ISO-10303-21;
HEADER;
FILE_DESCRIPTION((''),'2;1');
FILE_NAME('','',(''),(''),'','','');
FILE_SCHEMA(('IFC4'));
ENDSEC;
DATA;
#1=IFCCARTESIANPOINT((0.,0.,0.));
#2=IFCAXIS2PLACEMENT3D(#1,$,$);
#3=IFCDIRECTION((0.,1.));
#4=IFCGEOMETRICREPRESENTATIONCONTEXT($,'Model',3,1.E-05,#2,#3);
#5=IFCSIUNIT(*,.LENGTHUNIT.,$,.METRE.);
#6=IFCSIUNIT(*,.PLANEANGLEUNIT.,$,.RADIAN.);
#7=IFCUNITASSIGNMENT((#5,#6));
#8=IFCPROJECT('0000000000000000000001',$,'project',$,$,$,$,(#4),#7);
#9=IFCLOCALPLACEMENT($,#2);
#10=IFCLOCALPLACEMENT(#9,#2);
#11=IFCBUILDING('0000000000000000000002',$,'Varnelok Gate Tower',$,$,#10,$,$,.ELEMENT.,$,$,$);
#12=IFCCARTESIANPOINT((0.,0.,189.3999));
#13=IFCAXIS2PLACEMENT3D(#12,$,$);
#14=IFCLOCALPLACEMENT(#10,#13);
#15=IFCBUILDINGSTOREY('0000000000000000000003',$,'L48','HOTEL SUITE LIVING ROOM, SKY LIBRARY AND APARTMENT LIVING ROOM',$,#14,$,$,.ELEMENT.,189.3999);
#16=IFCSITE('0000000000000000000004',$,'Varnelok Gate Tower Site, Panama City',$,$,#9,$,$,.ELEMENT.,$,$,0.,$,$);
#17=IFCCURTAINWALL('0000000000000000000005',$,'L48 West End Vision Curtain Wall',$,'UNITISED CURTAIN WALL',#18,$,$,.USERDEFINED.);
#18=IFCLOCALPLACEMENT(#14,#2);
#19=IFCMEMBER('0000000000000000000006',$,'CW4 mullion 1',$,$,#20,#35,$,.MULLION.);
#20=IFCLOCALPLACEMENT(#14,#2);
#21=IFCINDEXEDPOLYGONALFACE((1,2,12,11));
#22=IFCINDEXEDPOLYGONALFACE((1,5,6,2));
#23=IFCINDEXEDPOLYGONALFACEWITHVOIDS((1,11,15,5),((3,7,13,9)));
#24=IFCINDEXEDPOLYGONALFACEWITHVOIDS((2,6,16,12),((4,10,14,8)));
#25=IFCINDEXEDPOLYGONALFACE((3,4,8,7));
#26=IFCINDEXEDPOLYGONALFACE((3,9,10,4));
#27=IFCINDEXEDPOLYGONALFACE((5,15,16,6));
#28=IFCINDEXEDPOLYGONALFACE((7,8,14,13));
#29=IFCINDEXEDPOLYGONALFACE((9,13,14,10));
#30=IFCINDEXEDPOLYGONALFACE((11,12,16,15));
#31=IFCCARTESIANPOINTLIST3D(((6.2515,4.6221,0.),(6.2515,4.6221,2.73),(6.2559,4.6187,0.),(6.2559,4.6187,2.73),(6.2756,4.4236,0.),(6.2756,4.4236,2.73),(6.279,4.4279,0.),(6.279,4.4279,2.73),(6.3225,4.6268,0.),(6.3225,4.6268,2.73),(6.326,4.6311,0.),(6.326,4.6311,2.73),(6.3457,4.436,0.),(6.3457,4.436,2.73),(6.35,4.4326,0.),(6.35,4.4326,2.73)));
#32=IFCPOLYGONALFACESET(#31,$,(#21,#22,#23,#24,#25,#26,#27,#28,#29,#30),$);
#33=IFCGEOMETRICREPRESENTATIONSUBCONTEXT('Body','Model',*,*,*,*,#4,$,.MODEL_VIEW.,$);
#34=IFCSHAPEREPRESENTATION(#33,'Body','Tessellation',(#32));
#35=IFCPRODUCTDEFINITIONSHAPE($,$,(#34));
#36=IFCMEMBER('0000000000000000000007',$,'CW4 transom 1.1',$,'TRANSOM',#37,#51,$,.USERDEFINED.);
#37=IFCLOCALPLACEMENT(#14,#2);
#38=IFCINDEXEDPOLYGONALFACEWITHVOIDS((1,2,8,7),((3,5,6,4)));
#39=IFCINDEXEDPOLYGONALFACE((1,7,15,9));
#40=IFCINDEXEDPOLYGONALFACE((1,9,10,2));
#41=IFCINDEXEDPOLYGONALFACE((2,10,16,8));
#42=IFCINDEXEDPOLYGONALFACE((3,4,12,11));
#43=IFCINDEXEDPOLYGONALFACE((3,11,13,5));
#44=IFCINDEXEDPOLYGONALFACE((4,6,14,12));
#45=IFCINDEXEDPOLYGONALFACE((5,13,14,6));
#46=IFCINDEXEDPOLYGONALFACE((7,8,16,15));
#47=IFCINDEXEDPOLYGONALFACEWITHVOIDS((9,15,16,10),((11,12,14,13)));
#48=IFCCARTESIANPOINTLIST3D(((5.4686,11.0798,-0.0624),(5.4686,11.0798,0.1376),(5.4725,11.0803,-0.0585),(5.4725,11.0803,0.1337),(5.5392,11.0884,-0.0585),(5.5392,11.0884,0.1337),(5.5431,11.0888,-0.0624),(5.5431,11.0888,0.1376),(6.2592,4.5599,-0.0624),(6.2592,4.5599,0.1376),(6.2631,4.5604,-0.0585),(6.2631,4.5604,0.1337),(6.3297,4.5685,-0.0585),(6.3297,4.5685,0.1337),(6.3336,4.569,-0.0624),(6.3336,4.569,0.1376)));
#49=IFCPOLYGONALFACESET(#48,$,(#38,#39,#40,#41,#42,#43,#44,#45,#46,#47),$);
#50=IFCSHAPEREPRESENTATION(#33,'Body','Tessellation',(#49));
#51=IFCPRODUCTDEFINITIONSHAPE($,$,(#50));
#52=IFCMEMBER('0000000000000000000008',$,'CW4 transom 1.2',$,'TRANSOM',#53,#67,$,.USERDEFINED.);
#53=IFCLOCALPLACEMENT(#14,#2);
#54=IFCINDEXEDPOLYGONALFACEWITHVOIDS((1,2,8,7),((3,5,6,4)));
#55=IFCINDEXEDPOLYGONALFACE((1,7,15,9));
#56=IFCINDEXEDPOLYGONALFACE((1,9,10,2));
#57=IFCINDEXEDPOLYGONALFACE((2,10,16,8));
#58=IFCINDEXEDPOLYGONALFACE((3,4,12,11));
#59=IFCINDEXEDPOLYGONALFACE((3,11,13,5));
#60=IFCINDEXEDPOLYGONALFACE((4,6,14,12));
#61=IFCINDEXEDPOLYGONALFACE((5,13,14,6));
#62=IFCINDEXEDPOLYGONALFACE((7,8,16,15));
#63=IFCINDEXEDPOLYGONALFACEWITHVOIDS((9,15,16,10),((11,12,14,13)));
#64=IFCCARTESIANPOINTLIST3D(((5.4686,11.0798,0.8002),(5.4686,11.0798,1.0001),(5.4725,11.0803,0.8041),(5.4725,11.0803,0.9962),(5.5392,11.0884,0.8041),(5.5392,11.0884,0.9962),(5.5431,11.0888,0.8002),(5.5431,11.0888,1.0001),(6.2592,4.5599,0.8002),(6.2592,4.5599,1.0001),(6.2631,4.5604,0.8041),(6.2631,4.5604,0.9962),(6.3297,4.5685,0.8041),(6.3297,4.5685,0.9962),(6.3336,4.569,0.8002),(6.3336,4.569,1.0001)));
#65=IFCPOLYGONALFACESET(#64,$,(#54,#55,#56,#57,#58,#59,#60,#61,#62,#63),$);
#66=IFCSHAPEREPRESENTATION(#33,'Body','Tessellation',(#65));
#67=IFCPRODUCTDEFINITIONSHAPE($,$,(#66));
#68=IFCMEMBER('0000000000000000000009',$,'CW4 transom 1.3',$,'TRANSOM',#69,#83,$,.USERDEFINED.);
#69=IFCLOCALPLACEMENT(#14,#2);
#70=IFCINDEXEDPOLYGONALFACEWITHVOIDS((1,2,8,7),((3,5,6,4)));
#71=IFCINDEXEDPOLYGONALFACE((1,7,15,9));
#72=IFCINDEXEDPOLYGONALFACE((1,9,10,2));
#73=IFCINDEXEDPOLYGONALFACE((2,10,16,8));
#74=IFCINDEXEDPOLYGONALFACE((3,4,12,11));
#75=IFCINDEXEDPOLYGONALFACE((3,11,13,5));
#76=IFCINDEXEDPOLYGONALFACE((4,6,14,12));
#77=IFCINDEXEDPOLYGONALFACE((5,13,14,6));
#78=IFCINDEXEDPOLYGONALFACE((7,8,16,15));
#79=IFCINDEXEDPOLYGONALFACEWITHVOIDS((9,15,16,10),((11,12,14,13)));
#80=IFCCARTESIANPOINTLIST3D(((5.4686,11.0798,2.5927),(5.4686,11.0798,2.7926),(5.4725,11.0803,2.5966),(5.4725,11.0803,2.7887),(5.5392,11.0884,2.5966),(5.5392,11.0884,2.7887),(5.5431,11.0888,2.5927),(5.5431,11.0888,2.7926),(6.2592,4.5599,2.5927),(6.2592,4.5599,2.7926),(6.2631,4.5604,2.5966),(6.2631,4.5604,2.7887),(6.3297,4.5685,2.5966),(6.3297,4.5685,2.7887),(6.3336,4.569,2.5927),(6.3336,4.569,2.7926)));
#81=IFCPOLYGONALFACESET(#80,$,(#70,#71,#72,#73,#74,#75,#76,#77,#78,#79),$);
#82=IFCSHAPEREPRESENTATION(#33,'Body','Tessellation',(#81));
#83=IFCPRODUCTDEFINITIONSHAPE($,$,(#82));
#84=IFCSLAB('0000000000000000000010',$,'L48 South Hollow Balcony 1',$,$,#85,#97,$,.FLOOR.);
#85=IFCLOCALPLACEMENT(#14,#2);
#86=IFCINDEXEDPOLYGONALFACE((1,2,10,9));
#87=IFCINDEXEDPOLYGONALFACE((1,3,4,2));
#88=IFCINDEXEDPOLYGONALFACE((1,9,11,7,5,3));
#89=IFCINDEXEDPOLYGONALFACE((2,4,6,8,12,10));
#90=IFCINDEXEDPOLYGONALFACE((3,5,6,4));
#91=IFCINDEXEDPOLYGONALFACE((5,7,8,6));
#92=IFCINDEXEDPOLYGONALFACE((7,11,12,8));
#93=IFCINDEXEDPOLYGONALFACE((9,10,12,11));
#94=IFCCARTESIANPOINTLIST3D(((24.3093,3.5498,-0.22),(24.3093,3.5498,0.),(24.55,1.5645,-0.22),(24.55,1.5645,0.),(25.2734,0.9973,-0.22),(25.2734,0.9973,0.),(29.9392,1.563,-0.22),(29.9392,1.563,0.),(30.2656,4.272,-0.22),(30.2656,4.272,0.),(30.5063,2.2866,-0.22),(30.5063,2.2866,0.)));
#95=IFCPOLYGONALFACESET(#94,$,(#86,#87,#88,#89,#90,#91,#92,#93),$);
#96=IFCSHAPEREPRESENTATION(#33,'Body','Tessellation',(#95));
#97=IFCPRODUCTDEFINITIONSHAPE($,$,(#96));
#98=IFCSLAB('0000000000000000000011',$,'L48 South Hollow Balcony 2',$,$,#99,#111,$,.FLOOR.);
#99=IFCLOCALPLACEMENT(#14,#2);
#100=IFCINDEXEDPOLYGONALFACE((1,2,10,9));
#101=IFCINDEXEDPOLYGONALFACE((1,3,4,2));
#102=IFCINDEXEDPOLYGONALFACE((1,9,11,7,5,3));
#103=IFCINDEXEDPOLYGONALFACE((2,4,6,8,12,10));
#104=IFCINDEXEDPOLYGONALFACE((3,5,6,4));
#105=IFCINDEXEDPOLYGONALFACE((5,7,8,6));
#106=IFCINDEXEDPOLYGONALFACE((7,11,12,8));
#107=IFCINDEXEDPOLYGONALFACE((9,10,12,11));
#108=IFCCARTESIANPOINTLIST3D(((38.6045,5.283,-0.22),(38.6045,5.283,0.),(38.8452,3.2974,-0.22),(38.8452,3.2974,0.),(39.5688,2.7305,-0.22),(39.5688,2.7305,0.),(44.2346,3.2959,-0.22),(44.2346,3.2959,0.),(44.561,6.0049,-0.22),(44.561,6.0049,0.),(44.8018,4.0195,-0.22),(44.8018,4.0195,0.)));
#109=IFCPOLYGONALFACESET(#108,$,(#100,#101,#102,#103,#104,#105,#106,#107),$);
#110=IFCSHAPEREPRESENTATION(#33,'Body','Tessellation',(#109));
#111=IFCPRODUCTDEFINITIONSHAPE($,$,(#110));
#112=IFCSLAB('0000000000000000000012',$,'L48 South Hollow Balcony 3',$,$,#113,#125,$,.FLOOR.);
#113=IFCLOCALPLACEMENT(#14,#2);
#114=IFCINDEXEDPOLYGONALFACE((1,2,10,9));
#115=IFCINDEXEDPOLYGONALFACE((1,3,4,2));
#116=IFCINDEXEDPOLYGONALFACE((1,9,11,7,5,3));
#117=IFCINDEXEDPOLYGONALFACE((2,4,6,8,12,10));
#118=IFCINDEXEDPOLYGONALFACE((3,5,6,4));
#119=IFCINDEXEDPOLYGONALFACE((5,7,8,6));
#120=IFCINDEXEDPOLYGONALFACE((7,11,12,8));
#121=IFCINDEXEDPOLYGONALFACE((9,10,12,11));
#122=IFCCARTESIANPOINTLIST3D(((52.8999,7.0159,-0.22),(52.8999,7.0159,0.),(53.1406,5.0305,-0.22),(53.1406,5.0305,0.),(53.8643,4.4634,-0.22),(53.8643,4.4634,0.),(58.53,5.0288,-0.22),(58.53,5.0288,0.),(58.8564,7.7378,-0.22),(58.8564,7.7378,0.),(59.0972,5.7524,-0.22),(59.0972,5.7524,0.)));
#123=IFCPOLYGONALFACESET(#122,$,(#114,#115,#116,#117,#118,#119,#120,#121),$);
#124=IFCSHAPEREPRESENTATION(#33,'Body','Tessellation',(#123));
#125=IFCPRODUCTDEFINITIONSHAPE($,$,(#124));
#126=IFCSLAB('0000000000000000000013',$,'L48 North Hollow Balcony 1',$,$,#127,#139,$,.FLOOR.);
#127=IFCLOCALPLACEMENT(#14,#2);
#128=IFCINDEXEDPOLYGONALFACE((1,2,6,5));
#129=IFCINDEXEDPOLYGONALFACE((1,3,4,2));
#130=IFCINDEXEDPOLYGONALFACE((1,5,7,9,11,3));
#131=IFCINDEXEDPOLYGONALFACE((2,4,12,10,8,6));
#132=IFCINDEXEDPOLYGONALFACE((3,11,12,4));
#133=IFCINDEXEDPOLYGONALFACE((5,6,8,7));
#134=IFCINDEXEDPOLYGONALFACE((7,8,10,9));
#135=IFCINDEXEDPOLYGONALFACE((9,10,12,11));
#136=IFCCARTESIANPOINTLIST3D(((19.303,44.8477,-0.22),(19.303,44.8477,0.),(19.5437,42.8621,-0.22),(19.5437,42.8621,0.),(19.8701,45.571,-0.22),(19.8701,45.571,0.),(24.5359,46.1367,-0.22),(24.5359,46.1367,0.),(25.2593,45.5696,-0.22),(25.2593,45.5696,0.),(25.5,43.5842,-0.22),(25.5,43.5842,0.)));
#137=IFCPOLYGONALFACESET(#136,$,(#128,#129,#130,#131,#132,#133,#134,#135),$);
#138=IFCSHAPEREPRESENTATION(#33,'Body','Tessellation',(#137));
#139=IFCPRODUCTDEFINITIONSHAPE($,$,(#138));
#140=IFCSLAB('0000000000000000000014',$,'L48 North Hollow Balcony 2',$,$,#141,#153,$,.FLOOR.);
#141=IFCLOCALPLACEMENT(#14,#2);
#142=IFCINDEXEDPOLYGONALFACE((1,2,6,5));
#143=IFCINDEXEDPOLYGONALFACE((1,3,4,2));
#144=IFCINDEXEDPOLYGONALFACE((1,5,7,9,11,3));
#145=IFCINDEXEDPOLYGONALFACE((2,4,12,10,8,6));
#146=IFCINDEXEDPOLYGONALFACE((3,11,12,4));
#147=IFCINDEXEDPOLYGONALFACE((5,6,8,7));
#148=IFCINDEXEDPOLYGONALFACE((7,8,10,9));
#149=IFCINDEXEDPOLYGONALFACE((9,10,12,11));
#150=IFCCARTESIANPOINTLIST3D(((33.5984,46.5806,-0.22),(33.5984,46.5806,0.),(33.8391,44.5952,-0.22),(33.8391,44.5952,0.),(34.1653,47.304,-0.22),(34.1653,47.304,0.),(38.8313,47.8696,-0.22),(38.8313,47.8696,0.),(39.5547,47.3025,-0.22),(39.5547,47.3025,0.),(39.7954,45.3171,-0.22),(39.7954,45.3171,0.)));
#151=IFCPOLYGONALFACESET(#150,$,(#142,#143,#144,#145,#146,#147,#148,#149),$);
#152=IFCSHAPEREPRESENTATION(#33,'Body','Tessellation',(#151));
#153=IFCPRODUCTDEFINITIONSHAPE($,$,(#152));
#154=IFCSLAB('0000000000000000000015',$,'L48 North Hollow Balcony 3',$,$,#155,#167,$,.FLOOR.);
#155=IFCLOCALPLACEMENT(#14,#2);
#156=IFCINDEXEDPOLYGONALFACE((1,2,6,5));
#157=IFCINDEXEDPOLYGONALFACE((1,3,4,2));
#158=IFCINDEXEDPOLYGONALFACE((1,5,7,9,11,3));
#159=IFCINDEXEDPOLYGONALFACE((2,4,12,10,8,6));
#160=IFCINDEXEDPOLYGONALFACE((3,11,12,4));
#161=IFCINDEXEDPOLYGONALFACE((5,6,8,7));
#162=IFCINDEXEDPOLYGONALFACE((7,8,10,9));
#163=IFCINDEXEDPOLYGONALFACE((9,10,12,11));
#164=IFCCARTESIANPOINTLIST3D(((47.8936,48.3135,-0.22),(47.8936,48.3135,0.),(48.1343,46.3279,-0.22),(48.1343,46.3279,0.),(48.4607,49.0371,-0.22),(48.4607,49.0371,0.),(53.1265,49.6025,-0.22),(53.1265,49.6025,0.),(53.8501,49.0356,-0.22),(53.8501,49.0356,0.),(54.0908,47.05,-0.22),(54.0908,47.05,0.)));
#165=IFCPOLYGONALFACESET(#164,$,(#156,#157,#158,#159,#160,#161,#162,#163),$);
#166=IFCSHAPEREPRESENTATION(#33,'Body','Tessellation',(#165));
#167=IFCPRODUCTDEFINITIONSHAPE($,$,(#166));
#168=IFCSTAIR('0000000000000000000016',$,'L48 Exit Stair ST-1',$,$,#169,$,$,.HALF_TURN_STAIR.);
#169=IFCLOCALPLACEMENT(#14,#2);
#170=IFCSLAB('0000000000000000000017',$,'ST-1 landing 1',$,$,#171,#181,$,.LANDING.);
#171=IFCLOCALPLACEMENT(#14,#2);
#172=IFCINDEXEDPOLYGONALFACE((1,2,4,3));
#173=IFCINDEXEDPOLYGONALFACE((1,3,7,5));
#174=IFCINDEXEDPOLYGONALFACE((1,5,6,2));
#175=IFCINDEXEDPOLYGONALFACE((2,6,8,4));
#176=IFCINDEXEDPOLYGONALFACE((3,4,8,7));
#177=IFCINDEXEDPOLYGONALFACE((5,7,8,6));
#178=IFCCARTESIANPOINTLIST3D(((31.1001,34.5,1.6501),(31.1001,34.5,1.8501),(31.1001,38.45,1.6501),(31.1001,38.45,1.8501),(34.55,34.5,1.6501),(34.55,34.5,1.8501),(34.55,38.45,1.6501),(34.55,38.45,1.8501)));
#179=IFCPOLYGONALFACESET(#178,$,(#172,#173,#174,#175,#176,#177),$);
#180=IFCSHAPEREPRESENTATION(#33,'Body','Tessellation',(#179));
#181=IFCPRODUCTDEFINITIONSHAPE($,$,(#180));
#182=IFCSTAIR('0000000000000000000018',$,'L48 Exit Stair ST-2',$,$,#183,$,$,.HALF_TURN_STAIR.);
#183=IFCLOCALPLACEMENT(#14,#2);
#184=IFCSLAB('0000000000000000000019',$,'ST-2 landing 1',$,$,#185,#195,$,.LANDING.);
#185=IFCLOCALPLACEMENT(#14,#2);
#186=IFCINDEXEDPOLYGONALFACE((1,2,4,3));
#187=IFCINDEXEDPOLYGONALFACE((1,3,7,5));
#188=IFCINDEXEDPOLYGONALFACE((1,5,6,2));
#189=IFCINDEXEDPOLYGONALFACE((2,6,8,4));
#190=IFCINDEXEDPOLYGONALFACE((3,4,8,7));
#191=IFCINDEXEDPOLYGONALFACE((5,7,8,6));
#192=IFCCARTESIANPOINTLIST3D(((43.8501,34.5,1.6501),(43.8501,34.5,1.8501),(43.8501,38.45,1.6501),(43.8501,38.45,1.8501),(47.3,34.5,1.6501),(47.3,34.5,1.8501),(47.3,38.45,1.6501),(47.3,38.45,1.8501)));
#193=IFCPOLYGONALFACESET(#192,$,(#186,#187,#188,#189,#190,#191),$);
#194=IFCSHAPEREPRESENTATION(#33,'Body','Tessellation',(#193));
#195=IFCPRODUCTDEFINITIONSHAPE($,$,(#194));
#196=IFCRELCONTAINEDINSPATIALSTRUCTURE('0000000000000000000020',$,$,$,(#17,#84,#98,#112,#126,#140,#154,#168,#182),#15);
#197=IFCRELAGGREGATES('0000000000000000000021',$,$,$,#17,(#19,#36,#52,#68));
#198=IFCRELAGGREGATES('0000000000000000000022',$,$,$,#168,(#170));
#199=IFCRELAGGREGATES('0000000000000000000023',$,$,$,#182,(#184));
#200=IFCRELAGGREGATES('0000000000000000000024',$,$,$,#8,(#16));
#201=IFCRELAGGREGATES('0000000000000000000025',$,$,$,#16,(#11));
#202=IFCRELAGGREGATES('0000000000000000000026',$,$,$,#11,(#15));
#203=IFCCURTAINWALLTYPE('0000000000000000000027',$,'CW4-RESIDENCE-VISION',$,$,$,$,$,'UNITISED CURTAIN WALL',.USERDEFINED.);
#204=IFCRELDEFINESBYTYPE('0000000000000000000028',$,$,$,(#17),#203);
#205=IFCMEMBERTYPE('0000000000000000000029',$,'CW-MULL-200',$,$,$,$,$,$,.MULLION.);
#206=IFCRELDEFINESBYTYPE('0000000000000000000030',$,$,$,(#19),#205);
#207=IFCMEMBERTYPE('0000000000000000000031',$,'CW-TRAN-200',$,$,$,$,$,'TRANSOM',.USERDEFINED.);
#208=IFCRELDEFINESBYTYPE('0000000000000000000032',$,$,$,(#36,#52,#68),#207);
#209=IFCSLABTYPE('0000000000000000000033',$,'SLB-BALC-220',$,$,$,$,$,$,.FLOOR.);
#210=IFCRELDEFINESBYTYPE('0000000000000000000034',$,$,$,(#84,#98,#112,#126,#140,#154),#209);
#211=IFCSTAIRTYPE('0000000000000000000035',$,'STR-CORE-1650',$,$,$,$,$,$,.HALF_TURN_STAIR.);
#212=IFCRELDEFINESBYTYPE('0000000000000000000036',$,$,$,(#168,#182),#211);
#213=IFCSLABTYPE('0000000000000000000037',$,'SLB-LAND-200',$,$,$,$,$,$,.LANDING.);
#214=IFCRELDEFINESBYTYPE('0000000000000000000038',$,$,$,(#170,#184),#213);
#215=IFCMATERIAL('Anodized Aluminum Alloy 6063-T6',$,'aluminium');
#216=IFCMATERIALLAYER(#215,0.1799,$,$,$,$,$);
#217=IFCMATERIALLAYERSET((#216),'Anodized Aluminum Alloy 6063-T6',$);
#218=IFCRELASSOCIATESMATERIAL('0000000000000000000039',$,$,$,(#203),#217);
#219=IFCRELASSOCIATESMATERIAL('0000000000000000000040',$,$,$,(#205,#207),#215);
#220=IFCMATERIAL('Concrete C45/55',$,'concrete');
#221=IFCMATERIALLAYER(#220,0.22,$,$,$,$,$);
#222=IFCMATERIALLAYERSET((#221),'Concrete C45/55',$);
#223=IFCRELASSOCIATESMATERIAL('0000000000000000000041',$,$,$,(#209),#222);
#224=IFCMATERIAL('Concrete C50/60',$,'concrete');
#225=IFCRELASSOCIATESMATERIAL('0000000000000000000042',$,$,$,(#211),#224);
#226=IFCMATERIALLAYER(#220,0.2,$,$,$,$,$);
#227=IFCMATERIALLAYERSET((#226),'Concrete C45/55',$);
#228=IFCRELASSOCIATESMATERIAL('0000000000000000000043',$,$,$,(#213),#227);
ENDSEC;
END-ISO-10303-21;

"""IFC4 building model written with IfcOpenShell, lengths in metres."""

from ifc_helpers import new_model, si_unit, direction, frame, origin, origin_2d, place, context, subcontext, project, spatial, polyline, hollow_rectangle, outline, extrude, material, layer, layer_set, material_profile, profile_set, type_object, element, aggregate, save


model = new_model("IFC4")

# Units and contexts
model_context = context("Model", 3, precision=1e-05, world=origin(), true_north=direction((0.0, 1.0)))
body_context = subcontext(model_context, "Body", "Model", "MODEL_VIEW")
ifc_project = project(units=[si_unit("LENGTHUNIT", "METRE"), si_unit("PLANEANGLEUNIT", "RADIAN")], contexts=[model_context])

# Site, building, storey
site_placement = place(None, origin())
site = spatial("IfcSite", under=ifc_project, at=site_placement, Name="Varnelok Gate Tower Site, Panama City", CompositionType="ELEMENT", RefElevation=0.0)
building_placement = place(site_placement, origin())
building = spatial("IfcBuilding", under=site, at=building_placement, Name="Varnelok Gate Tower", CompositionType="ELEMENT")
storey_placement = place(building_placement, frame((0.0, 0.0, 189.3999)))
storey = spatial("IfcBuildingStorey", under=building, at=storey_placement, Name="L48", Description="HOTEL SUITE LIVING ROOM, SKY LIBRARY AND APARTMENT LIVING ROOM", CompositionType="ELEMENT", Elevation=189.3999)

# Curtain wall, members
ifc_material_1 = material(Name="Anodized Aluminum Alloy 6063-T6", Category="aluminium")
ifc_layer_1 = layer(ifc_material_1, 0.1799)
ifc_layer_set_1 = layer_set([ifc_layer_1], Name="Anodized Aluminum Alloy 6063-T6")
curtain_wall_type = type_object("IfcCurtainWallType", Name="CW4-RESIDENCE-VISION", ElementType="UNITISED CURTAIN WALL", PredefinedType="USERDEFINED", material=ifc_layer_set_1)
curtain_wall_placement = place(storey_placement, origin())
curtain_wall = element("IfcCurtainWall", 1, at=curtain_wall_placement, inside=storey, type_object=curtain_wall_type, Name="L48 West End Vision Curtain Wall", ObjectType="UNITISED CURTAIN WALL", PredefinedType="USERDEFINED")
ifc_material_profile_1 = material_profile(ifc_material_1, hollow_rectangle(XDim=0.075, YDim=0.2, WallThickness=0.0039, at=origin_2d()), Name="ALU200X75X4")
ifc_profile_set_1 = profile_set([ifc_material_profile_1], Name="Anodized Aluminum Alloy 6063-T6")
member_type_1 = type_object("IfcMemberType", Name="CW-MULL-200", PredefinedType="MULLION", material=ifc_profile_set_1)
member_1_placement = place(storey_placement, frame((6.3008, 4.5273, 0.0), z_axis=(0.0, 0.0, 1.0), x_axis=(-0.992732, -0.120345, 0.0)))
member_1 = element("IfcMember", 2, at=member_1_placement, type_object=member_type_1, Name="CW4 mullion 1", PredefinedType="MULLION", context=body_context, shape_type="SweptSolid", body=[
    extrude(hollow_rectangle(XDim=0.075, YDim=0.2, WallThickness=0.0039, at=origin_2d()), origin(), (0.0, 0.0, 1.0), 2.73),
])
ifc_material_profile_2 = material_profile(ifc_material_1, hollow_rectangle(XDim=0.075, YDim=0.2, WallThickness=0.0039, at=origin_2d()), Name="ALU200X75X4")
ifc_profile_set_2 = profile_set([ifc_material_profile_2], Name="Anodized Aluminum Alloy 6063-T6")
member_type_2 = type_object("IfcMemberType", Name="CW-TRAN-200", ElementType="TRANSOM", PredefinedType="USERDEFINED", material=ifc_profile_set_2)
member_2_placement = place(storey_placement, frame((6.2964, 4.5645, 0.0376), z_axis=(-0.120369, 0.992729, 0.0), x_axis=(-0.992729, -0.120369, 0.0)))
member_2 = element("IfcMember", 3, at=member_2_placement, type_object=member_type_2, Name="CW4 transom 1.1", ObjectType="TRANSOM", PredefinedType="USERDEFINED", context=body_context, shape_type="SweptSolid", body=[
    extrude(hollow_rectangle(XDim=0.075, YDim=0.2, WallThickness=0.0039, at=origin_2d()), origin(), (0.0, 0.0, 1.0), 6.5676),
])
member_3_placement = place(storey_placement, frame((6.2964, 4.5645, 0.9001), z_axis=(-0.120369, 0.992729, 0.0), x_axis=(-0.992729, -0.120369, 0.0)))
member_3 = element("IfcMember", 4, at=member_3_placement, type_object=member_type_2, Name="CW4 transom 1.2", ObjectType="TRANSOM", PredefinedType="USERDEFINED", context=body_context, shape_type="SweptSolid", body=[
    extrude(hollow_rectangle(XDim=0.075, YDim=0.2, WallThickness=0.0039, at=origin_2d()), origin(), (0.0, 0.0, 1.0), 6.5676),
])
member_4_placement = place(storey_placement, frame((6.2964, 4.5645, 2.6926), z_axis=(-0.120369, 0.992729, 0.0), x_axis=(-0.992729, -0.120369, 0.0)))
member_4 = element("IfcMember", 5, at=member_4_placement, type_object=member_type_2, Name="CW4 transom 1.3", ObjectType="TRANSOM", PredefinedType="USERDEFINED", context=body_context, shape_type="SweptSolid", body=[
    extrude(hollow_rectangle(XDim=0.075, YDim=0.2, WallThickness=0.0039, at=origin_2d()), origin(), (0.0, 0.0, 1.0), 6.5676),
])
aggregate(curtain_wall, [member_1, member_2, member_3, member_4])

# Slabs
ifc_material_2 = material(Name="Concrete C45/55", Category="concrete")
ifc_layer_2 = layer(ifc_material_2, 0.22)
ifc_layer_set_2 = layer_set([ifc_layer_2], Name="Concrete C45/55")
slab_type_1 = type_object("IfcSlabType", Name="SLB-BALC-220", PredefinedType="FLOOR", material=ifc_layer_set_2)
slab_1_placement = place(storey_placement, frame((0.0, 0.0, -0.22)))
element("IfcSlab", 6, at=slab_1_placement, inside=storey, type_object=slab_type_1, Name="L48 South Hollow Balcony 1", PredefinedType="FLOOR", context=body_context, shape_type="SweptSolid", body=[
    extrude(outline(polyline([(24.55, 1.5645), (25.2734, 0.9973), (29.9392, 1.563), (30.5063, 2.2866), (30.2656, 4.272), (24.3093, 3.5498), (24.55, 1.5645)])), origin(), (0.0, 0.0, 1.0), 0.22),
])
slab_2_placement = place(storey_placement, frame((0.0, 0.0, -0.22)))
element("IfcSlab", 7, at=slab_2_placement, inside=storey, type_object=slab_type_1, Name="L48 South Hollow Balcony 2", PredefinedType="FLOOR", context=body_context, shape_type="SweptSolid", body=[
    extrude(outline(polyline([(38.8452, 3.2974), (39.5688, 2.7305), (44.2346, 3.2959), (44.8018, 4.0195), (44.561, 6.0049), (38.6045, 5.283), (38.8452, 3.2974)])), origin(), (0.0, 0.0, 1.0), 0.22),
])
slab_3_placement = place(storey_placement, frame((0.0, 0.0, -0.22)))
element("IfcSlab", 8, at=slab_3_placement, inside=storey, type_object=slab_type_1, Name="L48 South Hollow Balcony 3", PredefinedType="FLOOR", context=body_context, shape_type="SweptSolid", body=[
    extrude(outline(polyline([(53.1406, 5.0305), (53.8643, 4.4634), (58.53, 5.0288), (59.0972, 5.7524), (58.8564, 7.7378), (52.8999, 7.0159), (53.1406, 5.0305)])), origin(), (0.0, 0.0, 1.0), 0.22),
])
slab_4_placement = place(storey_placement, frame((0.0, 0.0, -0.22)))
element("IfcSlab", 9, at=slab_4_placement, inside=storey, type_object=slab_type_1, Name="L48 North Hollow Balcony 1", PredefinedType="FLOOR", context=body_context, shape_type="SweptSolid", body=[
    extrude(outline(polyline([(19.5437, 42.8621), (25.5, 43.5842), (25.2593, 45.5696), (24.5359, 46.1367), (19.8701, 45.571), (19.303, 44.8477), (19.5437, 42.8621)])), origin(), (0.0, 0.0, 1.0), 0.22),
])
slab_5_placement = place(storey_placement, frame((0.0, 0.0, -0.22)))
element("IfcSlab", 10, at=slab_5_placement, inside=storey, type_object=slab_type_1, Name="L48 North Hollow Balcony 2", PredefinedType="FLOOR", context=body_context, shape_type="SweptSolid", body=[
    extrude(outline(polyline([(33.8391, 44.5952), (39.7954, 45.3171), (39.5547, 47.3025), (38.8313, 47.8696), (34.1653, 47.304), (33.5984, 46.5806), (33.8391, 44.5952)])), origin(), (0.0, 0.0, 1.0), 0.22),
])
slab_6_placement = place(storey_placement, frame((0.0, 0.0, -0.22)))
element("IfcSlab", 11, at=slab_6_placement, inside=storey, type_object=slab_type_1, Name="L48 North Hollow Balcony 3", PredefinedType="FLOOR", context=body_context, shape_type="SweptSolid", body=[
    extrude(outline(polyline([(48.1343, 46.3279), (54.0908, 47.05), (53.8501, 49.0356), (53.1265, 49.6025), (48.4607, 49.0371), (47.8936, 48.3135), (48.1343, 46.3279)])), origin(), (0.0, 0.0, 1.0), 0.22),
])

# Stairs, slabs
ifc_material_3 = material(Name="Concrete C50/60", Category="concrete")
stair_type = type_object("IfcStairType", Name="STR-CORE-1650", PredefinedType="HALF_TURN_STAIR", material=ifc_material_3)
stair_1_placement = place(storey_placement, origin())
stair_1 = element("IfcStair", 12, at=stair_1_placement, inside=storey, type_object=stair_type, Name="L48 Exit Stair ST-1", PredefinedType="HALF_TURN_STAIR")
ifc_layer_3 = layer(ifc_material_2, 0.2)
ifc_layer_set_3 = layer_set([ifc_layer_3], Name="Concrete C45/55")
slab_type_2 = type_object("IfcSlabType", Name="SLB-LAND-200", PredefinedType="LANDING", material=ifc_layer_set_3)
slab_7_placement = place(storey_placement, frame((0.0, 0.0, 1.6501)))
slab_7 = element("IfcSlab", 13, at=slab_7_placement, type_object=slab_type_2, Name="ST-1 landing 1", PredefinedType="LANDING", context=body_context, shape_type="SweptSolid", body=[
    extrude(outline(polyline([(34.55, 34.5), (34.55, 38.45), (31.1001, 38.45), (31.1001, 34.5), (34.55, 34.5)])), origin(), (0.0, 0.0, 1.0), 0.2),
])
aggregate(stair_1, [slab_7])
stair_2_placement = place(storey_placement, origin())
stair_2 = element("IfcStair", 14, at=stair_2_placement, inside=storey, type_object=stair_type, Name="L48 Exit Stair ST-2", PredefinedType="HALF_TURN_STAIR")
slab_8_placement = place(storey_placement, frame((0.0, 0.0, 1.6501)))
slab_8 = element("IfcSlab", 15, at=slab_8_placement, type_object=slab_type_2, Name="ST-2 landing 1", PredefinedType="LANDING", context=body_context, shape_type="SweptSolid", body=[
    extrude(outline(polyline([(47.3, 34.5), (47.3, 38.45), (43.8501, 38.45), (43.8501, 34.5), (47.3, 34.5)])), origin(), (0.0, 0.0, 1.0), 0.2),
])
aggregate(stair_2, [slab_8])

save(model, "model.ifc")
